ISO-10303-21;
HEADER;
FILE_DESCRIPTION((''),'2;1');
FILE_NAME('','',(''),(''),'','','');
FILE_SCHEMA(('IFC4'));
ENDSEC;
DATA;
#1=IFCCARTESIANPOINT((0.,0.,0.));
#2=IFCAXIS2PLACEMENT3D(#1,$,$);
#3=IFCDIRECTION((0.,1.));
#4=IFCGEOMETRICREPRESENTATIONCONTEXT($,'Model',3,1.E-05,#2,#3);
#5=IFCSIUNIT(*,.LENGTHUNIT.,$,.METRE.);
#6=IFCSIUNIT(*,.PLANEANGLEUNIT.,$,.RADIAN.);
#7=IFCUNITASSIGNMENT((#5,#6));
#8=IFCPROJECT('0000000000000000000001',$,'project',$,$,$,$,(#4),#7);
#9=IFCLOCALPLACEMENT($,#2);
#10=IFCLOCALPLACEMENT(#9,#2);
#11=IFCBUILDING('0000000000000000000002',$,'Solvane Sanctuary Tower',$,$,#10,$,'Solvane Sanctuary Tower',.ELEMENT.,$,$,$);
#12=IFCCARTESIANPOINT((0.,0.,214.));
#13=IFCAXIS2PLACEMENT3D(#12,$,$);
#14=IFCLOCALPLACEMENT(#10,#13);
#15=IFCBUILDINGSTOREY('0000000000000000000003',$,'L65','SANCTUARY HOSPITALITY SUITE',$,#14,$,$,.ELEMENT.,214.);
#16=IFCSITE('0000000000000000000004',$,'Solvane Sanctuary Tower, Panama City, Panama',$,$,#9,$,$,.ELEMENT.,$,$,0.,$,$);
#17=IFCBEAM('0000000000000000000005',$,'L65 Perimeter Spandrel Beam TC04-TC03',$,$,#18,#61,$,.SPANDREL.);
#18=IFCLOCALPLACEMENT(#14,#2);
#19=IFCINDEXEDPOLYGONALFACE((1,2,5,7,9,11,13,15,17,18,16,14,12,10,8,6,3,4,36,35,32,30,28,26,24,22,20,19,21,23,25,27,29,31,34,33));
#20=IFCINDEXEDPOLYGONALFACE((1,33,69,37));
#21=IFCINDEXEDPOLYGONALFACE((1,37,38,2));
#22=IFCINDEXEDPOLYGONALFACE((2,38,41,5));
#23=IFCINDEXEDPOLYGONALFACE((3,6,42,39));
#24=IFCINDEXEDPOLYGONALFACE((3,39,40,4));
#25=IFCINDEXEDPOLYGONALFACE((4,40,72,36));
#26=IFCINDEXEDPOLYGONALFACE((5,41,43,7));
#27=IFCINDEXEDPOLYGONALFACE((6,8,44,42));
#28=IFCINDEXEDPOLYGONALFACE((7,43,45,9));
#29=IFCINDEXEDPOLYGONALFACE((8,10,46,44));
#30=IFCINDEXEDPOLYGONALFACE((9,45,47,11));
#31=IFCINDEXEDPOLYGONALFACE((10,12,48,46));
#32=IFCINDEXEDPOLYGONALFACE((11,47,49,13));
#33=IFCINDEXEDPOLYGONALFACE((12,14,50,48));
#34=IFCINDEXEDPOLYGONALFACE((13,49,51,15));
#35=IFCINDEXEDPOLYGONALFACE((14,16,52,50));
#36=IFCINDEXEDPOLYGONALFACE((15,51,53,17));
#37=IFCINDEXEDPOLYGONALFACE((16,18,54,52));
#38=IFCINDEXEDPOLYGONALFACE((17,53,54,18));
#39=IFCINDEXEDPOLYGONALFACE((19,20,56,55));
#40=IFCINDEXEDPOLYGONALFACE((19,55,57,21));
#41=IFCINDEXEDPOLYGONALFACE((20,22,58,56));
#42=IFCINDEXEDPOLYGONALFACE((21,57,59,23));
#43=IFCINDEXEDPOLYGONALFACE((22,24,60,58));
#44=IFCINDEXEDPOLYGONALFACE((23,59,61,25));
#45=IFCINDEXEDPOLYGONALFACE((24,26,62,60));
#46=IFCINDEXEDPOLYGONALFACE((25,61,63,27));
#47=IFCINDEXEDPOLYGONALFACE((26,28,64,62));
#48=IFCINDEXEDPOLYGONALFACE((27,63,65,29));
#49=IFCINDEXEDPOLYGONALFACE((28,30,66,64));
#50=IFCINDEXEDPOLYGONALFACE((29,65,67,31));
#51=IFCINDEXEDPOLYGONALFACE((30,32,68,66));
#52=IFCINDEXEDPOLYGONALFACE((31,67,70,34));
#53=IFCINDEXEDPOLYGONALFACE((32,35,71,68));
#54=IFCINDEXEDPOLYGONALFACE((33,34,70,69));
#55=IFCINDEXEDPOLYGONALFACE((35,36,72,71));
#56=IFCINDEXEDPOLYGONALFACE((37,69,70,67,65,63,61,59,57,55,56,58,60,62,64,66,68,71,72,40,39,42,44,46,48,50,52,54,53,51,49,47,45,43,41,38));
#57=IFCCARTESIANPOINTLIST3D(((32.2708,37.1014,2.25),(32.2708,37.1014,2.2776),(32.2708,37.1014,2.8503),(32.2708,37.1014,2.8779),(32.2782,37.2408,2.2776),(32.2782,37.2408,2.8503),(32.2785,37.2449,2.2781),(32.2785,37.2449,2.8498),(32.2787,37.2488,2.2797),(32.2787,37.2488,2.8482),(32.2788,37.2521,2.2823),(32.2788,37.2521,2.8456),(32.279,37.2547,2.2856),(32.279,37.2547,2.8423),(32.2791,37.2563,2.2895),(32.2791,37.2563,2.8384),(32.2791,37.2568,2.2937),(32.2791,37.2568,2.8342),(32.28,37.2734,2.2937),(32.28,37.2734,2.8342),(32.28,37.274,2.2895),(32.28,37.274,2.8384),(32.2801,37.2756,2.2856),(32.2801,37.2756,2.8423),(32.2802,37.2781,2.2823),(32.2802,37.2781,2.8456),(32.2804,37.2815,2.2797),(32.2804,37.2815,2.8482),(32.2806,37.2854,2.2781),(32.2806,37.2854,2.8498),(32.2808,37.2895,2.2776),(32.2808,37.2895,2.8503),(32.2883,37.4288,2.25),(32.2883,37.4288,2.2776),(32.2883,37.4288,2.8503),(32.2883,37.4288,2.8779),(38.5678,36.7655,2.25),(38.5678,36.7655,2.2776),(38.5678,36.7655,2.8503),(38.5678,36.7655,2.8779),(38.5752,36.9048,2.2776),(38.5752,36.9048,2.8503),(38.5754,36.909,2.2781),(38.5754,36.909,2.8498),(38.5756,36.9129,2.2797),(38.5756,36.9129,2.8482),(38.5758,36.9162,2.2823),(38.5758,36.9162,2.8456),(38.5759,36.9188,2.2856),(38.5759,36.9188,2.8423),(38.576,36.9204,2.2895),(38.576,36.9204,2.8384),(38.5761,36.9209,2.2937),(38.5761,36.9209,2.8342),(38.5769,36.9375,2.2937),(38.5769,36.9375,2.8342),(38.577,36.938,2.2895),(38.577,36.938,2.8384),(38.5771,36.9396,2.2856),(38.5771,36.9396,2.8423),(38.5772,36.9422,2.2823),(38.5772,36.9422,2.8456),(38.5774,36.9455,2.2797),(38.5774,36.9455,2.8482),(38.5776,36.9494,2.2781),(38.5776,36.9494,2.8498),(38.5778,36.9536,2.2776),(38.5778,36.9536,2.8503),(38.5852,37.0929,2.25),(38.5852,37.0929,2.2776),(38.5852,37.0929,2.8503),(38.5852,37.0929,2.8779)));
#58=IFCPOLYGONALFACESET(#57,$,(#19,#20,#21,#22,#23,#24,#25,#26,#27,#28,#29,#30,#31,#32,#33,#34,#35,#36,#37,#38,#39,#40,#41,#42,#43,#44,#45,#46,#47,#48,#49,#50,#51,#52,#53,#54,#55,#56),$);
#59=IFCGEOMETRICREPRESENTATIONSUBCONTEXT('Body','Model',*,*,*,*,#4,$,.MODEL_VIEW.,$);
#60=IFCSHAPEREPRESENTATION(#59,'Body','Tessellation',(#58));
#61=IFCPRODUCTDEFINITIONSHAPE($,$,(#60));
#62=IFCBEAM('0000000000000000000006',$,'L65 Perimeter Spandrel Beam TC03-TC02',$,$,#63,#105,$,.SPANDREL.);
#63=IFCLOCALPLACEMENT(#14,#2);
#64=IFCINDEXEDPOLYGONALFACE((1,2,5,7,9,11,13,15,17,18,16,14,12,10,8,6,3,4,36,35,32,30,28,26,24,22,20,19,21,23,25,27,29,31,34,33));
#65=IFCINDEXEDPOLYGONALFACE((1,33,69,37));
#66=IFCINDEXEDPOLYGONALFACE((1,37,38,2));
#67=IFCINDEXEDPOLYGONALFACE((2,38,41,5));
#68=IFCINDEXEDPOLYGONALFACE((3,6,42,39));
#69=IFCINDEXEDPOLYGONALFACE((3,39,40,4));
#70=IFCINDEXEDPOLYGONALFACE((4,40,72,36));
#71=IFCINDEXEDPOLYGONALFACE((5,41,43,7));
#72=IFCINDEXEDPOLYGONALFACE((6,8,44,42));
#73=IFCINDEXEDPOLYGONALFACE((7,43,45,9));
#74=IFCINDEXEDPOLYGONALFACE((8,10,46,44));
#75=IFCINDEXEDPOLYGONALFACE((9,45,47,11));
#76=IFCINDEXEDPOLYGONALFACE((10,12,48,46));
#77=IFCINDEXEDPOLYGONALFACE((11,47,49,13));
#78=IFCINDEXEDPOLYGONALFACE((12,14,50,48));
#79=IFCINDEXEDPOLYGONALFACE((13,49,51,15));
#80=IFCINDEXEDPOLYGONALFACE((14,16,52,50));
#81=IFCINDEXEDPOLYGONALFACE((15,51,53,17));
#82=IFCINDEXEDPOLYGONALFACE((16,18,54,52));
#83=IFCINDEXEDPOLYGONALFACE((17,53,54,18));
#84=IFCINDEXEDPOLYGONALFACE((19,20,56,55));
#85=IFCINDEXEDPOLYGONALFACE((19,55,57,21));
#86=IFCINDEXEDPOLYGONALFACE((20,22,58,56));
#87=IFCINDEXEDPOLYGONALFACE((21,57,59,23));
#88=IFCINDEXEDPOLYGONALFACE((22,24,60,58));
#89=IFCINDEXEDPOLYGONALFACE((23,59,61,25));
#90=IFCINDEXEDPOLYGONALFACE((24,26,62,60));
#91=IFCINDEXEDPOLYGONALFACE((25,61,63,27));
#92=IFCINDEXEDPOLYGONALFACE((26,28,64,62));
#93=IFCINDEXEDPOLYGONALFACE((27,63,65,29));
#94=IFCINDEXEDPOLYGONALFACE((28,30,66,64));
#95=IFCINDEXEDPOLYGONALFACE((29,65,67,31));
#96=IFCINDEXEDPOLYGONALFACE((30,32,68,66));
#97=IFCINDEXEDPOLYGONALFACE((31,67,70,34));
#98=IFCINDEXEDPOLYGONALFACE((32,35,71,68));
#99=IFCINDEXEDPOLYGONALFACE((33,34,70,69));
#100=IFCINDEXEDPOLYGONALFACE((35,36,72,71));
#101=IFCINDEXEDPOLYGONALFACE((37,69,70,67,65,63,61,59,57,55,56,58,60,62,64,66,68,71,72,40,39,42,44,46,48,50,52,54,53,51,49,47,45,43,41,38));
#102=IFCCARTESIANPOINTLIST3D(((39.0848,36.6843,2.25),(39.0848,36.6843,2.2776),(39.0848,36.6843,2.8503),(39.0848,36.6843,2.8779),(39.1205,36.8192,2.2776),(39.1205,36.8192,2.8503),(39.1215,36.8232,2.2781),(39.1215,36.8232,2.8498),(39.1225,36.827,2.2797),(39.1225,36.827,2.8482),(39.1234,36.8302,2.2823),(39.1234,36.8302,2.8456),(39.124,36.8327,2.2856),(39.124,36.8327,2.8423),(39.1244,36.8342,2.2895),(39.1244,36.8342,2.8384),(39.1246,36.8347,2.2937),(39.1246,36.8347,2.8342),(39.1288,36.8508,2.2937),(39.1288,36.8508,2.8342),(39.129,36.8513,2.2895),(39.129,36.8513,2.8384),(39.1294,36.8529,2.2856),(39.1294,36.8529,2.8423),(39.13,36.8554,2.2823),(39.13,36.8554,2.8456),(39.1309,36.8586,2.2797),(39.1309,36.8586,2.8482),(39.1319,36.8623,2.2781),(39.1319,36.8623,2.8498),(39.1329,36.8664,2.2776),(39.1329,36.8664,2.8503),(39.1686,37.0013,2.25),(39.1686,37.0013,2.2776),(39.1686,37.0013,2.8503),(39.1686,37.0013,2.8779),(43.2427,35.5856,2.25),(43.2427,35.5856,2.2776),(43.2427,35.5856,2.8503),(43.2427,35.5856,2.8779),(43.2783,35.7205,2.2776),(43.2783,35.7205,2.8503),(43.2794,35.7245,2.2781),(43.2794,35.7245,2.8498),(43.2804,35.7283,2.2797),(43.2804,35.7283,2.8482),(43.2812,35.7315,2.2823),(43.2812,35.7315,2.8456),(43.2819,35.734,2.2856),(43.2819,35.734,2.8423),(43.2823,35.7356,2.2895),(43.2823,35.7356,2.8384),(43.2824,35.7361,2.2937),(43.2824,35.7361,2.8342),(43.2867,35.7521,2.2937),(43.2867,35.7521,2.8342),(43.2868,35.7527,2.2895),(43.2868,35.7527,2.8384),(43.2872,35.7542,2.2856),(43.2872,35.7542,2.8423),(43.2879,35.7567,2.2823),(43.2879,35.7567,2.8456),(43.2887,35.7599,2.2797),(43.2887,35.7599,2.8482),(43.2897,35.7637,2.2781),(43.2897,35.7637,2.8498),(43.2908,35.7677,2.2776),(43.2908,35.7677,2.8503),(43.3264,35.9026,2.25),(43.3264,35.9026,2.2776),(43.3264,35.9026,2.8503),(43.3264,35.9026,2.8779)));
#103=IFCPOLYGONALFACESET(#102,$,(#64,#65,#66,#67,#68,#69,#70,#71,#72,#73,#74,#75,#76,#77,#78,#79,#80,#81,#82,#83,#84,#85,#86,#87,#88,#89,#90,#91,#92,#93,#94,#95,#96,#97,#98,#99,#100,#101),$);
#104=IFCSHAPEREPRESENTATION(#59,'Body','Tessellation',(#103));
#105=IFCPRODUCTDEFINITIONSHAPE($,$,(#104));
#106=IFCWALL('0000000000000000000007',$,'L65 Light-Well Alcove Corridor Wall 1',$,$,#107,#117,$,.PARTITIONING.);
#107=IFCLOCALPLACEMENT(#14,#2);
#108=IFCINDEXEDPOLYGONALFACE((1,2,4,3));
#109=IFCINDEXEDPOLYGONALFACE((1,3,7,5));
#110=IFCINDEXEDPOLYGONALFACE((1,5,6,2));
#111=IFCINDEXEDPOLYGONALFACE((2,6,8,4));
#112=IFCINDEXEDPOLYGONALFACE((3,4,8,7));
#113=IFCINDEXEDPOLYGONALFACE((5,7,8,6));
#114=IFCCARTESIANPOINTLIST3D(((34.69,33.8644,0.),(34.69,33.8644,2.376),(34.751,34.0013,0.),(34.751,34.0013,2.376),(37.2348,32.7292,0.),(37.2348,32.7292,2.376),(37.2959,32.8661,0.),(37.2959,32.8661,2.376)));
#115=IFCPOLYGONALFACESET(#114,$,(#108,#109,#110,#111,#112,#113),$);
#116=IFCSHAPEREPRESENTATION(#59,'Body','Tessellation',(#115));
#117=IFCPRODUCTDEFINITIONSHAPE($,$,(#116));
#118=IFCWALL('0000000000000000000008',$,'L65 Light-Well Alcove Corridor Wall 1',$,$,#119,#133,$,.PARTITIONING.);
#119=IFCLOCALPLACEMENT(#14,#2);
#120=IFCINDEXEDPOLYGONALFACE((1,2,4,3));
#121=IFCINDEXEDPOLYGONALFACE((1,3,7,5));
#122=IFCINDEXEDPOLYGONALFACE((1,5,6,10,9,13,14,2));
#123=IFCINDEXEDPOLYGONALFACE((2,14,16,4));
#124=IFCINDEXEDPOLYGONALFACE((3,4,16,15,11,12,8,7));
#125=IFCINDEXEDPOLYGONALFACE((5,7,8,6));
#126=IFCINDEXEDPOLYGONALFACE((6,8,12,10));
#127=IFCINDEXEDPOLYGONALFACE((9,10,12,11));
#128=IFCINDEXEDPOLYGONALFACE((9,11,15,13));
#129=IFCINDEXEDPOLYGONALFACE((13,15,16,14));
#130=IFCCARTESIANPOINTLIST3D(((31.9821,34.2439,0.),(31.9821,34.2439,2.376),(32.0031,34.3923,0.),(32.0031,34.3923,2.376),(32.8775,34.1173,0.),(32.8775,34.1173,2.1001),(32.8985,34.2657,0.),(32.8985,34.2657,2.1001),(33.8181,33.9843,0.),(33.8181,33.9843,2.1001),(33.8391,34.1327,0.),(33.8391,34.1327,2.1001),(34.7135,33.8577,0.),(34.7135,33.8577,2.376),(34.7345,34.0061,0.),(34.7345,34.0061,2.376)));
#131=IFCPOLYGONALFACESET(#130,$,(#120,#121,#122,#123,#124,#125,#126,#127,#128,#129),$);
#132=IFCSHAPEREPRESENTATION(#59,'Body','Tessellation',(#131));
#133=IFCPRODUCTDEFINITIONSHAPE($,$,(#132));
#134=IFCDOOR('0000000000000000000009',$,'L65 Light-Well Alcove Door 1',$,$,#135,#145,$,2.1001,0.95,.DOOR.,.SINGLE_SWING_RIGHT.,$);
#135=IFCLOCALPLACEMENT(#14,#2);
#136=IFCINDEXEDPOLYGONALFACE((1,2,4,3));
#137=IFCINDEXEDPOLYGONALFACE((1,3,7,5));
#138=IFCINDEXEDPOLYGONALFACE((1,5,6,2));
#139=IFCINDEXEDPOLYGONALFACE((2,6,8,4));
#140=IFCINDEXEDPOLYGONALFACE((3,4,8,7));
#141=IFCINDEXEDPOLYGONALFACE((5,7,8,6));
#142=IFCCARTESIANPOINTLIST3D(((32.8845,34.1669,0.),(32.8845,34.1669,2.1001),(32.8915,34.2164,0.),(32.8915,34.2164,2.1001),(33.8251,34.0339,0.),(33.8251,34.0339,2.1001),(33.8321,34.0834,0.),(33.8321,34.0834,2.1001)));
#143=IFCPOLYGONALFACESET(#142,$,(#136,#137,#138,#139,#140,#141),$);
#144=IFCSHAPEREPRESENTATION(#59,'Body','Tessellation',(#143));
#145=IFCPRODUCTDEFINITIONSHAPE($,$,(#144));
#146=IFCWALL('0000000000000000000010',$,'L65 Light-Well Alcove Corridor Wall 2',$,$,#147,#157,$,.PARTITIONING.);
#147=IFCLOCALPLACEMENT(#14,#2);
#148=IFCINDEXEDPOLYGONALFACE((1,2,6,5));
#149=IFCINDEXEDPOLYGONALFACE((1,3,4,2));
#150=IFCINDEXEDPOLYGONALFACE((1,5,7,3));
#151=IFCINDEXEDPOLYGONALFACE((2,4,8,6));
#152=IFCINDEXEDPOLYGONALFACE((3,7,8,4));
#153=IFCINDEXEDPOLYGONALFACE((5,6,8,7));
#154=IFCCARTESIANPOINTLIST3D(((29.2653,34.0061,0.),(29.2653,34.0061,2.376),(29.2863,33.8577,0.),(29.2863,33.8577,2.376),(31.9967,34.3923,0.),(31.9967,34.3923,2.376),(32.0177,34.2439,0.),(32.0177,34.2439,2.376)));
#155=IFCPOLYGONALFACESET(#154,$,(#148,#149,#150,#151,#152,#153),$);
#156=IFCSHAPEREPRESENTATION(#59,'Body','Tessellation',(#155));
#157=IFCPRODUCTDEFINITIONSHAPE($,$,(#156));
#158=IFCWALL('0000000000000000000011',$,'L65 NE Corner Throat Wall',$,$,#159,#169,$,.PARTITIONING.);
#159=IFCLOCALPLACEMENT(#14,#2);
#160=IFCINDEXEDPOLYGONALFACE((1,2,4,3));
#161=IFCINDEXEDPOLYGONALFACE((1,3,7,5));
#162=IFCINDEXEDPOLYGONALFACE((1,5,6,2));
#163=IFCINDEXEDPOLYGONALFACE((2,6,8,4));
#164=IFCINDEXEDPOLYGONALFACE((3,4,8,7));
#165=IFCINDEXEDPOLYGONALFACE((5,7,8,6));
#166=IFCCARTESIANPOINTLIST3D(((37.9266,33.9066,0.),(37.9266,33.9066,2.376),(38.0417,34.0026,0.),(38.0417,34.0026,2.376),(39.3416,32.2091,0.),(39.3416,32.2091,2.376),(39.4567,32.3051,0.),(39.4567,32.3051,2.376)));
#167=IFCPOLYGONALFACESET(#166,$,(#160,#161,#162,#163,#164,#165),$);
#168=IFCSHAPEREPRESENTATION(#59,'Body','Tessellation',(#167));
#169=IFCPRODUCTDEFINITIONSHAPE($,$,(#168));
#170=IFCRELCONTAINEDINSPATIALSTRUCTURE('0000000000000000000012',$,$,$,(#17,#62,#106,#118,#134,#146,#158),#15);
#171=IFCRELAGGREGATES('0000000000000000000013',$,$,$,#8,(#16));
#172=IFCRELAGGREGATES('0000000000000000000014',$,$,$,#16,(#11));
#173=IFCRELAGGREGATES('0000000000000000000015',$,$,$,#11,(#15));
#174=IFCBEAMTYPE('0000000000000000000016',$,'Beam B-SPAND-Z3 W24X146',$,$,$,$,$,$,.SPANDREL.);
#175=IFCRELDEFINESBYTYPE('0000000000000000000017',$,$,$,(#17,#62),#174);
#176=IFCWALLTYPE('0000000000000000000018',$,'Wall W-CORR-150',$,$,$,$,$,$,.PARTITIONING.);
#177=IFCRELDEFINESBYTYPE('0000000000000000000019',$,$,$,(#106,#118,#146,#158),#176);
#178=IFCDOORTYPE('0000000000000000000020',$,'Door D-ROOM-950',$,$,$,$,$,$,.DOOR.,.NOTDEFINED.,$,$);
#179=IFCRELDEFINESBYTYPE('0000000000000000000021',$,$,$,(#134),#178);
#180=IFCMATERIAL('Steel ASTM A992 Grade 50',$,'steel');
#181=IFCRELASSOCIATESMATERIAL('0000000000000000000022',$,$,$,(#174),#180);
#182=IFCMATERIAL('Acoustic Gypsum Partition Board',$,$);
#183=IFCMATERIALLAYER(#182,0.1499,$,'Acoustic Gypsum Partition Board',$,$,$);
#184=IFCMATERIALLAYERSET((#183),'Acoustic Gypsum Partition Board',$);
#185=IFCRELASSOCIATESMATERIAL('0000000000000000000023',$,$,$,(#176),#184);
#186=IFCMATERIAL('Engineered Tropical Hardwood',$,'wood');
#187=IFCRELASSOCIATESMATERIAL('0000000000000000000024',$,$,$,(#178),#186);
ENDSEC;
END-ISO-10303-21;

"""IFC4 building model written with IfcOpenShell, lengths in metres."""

from ifc_helpers import new_model, si_unit, direction, frame, frame_2d, origin, origin_2d, place, context, subcontext, project, spatial, rectangle, i_section, extrude, material, layer, layer_set, material_profile, profile_set, type_object, element, fill, save


model = new_model("IFC4")

# Units and contexts
model_context = context("Model", 3, precision=1e-05, world=origin(), true_north=direction((0.0, 1.0)))
body_context = subcontext(model_context, "Body", "Model", "MODEL_VIEW")
ifc_project = project(units=[si_unit("LENGTHUNIT", "METRE"), si_unit("PLANEANGLEUNIT", "RADIAN")], contexts=[model_context])

# Site, building, storey
site_placement = place(None, origin())
site = spatial("IfcSite", under=ifc_project, at=site_placement, Name="Solvane Sanctuary Tower, Panama City, Panama", CompositionType="ELEMENT", RefElevation=0.0)
building_placement = place(site_placement, origin())
building = spatial("IfcBuilding", under=site, at=building_placement, Name="Solvane Sanctuary Tower", LongName="Solvane Sanctuary Tower", CompositionType="ELEMENT")
storey_placement = place(building_placement, frame((0.0, 0.0, 214.0)))
storey = spatial("IfcBuildingStorey", under=building, at=storey_placement, Name="L65", Description="SANCTUARY HOSPITALITY SUITE", CompositionType="ELEMENT", Elevation=214.0)

# Beams
ifc_material_1 = material(Name="Steel ASTM A992 Grade 50", Category="steel")
ifc_material_profile_1 = material_profile(ifc_material_1, i_section(OverallWidth=0.3279, OverallDepth=0.6279, WebThickness=0.0166, FlangeThickness=0.0276, FilletRadius=0.0161, at=origin_2d()), Name="W24X146")
ifc_profile_set_1 = profile_set([ifc_material_profile_1], Name="Steel ASTM A992 Grade 50")
beam_type_1 = type_object("IfcBeamType", Name="Beam B-SPAND-Z3 W24X146", PredefinedType="SPANDREL", material=ifc_profile_set_1)
beam_1_placement = place(storey_placement, frame((32.2795, 37.2651, 2.564), z_axis=(0.99858, -0.053274, 0.0), x_axis=(0.053274, 0.99858, 0.0)))
element("IfcBeam", 1, at=beam_1_placement, inside=storey, type_object=beam_type_1, Name="L65 Perimeter Spandrel Beam TC04-TC03", PredefinedType="SPANDREL", context=body_context, shape_type="SweptSolid", body=[
    extrude(i_section(OverallWidth=0.3279, OverallDepth=0.6279, WebThickness=0.0166, FlangeThickness=0.0276, FilletRadius=0.0161, at=origin_2d()), origin(), (0.0, 0.0, 1.0), 6.3059),
])
beam_2_placement = place(storey_placement, frame((39.1267, 36.8428, 2.564), z_axis=(0.966817, -0.255471, 0.0), x_axis=(0.255471, 0.966817, 0.0)))
element("IfcBeam", 2, at=beam_2_placement, inside=storey, type_object=beam_type_1, Name="L65 Perimeter Spandrel Beam TC03-TC02", PredefinedType="SPANDREL", context=body_context, shape_type="SweptSolid", body=[
    extrude(i_section(OverallWidth=0.3279, OverallDepth=0.6279, WebThickness=0.0166, FlangeThickness=0.0276, FilletRadius=0.0161, at=origin_2d()), origin(), (0.0, 0.0, 1.0), 4.3005),
])

# Wall
ifc_material_2 = material(Name="Acoustic Gypsum Partition Board")
ifc_layer_1 = layer(ifc_material_2, 0.1499, Name="Acoustic Gypsum Partition Board")
ifc_layer_set_1 = layer_set([ifc_layer_1], Name="Acoustic Gypsum Partition Board")
wall_type_1 = type_object("IfcWallType", Name="Wall W-CORR-150", PredefinedType="PARTITIONING", material=ifc_layer_set_1)
wall_1_placement = place(storey_placement, frame((37.2654, 32.7976, 0.0), z_axis=(0.0, 0.0, 1.0), x_axis=(-0.913254, 0.40739, 0.0)))
element("IfcWall", 3, at=wall_1_placement, inside=storey, type_object=wall_type_1, Name="L65 Light-Well Alcove Corridor Wall 1", PredefinedType="PARTITIONING", context=body_context, shape_type="SweptSolid", body=[
    extrude(rectangle(XDim=2.7866, YDim=0.1499, at=frame_2d((1.3933, 0.0))), origin(), (0.0, 0.0, 1.0), 2.376),
])

# Wall, opening, door
wall_2_placement = place(storey_placement, frame((34.7241, 33.9319, 0.0), z_axis=(0.0, 0.0, 1.0), x_axis=(-0.99015, 0.140009, 0.0)))
wall_2 = element("IfcWall", 4, at=wall_2_placement, inside=storey, type_object=wall_type_1, Name="L65 Light-Well Alcove Corridor Wall 1", PredefinedType="PARTITIONING", context=body_context, shape_type="SweptSolid", body=[
    extrude(rectangle(XDim=2.7585, YDim=0.1499, at=frame_2d((1.3794, 0.0))), origin(), (0.0, 0.0, 1.0), 2.376),
])
opening_1_placement = place(wall_2_placement, frame((0.9043, 0.0, 0.0)))
opening_1 = element("IfcOpeningElement", 5, at=opening_1_placement, cuts=wall_2, PredefinedType="OPENING", context=body_context, shape_type="SweptSolid", body=[
    extrude(rectangle(XDim=0.95, YDim=2.1001, at=frame_2d((0.4751, 1.05))), frame((0.0, 0.085, 0.0), z_axis=(0.0, -1.0, 0.0), x_axis=(1.0, 0.0, 0.0)), (0.0, 0.0, 1.0), 0.1699),
])
ifc_material_3 = material(Name="Engineered Tropical Hardwood", Category="wood")
door_type_1 = type_object("IfcDoorType", Name="Door D-ROOM-950", OperationType="NOTDEFINED", PredefinedType="DOOR", material=ifc_material_3)
door_1_placement = place(opening_1_placement, origin())
door_1 = element("IfcDoor", 6, at=door_1_placement, inside=storey, type_object=door_type_1, Name="L65 Light-Well Alcove Door 1", OperationType="SINGLE_SWING_RIGHT", OverallHeight=2.1001, OverallWidth=0.95, PredefinedType="DOOR", context=body_context, shape_type="SweptSolid", body=[
    extrude(rectangle(XDim=0.95, YDim=2.1001, at=frame_2d((0.4751, 1.05))), frame((0.0, 0.0249, 0.0), z_axis=(0.0, -1.0, 0.0), x_axis=(1.0, 0.0, 0.0)), (0.0, 0.0, 1.0), 0.05),
])
fill(opening_1, door_1)

# Walls
wall_3_placement = place(storey_placement, frame((32.0073, 34.3181, 0.0), z_axis=(0.0, 0.0, 1.0), x_axis=(-0.99015, -0.140009, 0.0)))
element("IfcWall", 7, at=wall_3_placement, inside=storey, type_object=wall_type_1, Name="L65 Light-Well Alcove Corridor Wall 2", PredefinedType="PARTITIONING", context=body_context, shape_type="SweptSolid", body=[
    extrude(rectangle(XDim=2.7585, YDim=0.1499, at=frame_2d((1.3794, 0.0))), origin(), (0.0, 0.0, 1.0), 2.376),
])
wall_4_placement = place(storey_placement, frame((37.9841, 33.9546, 0.0), z_axis=(0.0, 0.0, 1.0), x_axis=(0.640304, -0.768122, 0.0)))
element("IfcWall", 8, at=wall_4_placement, inside=storey, type_object=wall_type_1, Name="L65 NE Corner Throat Wall", PredefinedType="PARTITIONING", context=body_context, shape_type="SweptSolid", body=[
    extrude(rectangle(XDim=2.21, YDim=0.1499, at=frame_2d((1.105, 0.0))), origin(), (0.0, 0.0, 1.0), 2.376),
])

save(model, "model.ifc")
